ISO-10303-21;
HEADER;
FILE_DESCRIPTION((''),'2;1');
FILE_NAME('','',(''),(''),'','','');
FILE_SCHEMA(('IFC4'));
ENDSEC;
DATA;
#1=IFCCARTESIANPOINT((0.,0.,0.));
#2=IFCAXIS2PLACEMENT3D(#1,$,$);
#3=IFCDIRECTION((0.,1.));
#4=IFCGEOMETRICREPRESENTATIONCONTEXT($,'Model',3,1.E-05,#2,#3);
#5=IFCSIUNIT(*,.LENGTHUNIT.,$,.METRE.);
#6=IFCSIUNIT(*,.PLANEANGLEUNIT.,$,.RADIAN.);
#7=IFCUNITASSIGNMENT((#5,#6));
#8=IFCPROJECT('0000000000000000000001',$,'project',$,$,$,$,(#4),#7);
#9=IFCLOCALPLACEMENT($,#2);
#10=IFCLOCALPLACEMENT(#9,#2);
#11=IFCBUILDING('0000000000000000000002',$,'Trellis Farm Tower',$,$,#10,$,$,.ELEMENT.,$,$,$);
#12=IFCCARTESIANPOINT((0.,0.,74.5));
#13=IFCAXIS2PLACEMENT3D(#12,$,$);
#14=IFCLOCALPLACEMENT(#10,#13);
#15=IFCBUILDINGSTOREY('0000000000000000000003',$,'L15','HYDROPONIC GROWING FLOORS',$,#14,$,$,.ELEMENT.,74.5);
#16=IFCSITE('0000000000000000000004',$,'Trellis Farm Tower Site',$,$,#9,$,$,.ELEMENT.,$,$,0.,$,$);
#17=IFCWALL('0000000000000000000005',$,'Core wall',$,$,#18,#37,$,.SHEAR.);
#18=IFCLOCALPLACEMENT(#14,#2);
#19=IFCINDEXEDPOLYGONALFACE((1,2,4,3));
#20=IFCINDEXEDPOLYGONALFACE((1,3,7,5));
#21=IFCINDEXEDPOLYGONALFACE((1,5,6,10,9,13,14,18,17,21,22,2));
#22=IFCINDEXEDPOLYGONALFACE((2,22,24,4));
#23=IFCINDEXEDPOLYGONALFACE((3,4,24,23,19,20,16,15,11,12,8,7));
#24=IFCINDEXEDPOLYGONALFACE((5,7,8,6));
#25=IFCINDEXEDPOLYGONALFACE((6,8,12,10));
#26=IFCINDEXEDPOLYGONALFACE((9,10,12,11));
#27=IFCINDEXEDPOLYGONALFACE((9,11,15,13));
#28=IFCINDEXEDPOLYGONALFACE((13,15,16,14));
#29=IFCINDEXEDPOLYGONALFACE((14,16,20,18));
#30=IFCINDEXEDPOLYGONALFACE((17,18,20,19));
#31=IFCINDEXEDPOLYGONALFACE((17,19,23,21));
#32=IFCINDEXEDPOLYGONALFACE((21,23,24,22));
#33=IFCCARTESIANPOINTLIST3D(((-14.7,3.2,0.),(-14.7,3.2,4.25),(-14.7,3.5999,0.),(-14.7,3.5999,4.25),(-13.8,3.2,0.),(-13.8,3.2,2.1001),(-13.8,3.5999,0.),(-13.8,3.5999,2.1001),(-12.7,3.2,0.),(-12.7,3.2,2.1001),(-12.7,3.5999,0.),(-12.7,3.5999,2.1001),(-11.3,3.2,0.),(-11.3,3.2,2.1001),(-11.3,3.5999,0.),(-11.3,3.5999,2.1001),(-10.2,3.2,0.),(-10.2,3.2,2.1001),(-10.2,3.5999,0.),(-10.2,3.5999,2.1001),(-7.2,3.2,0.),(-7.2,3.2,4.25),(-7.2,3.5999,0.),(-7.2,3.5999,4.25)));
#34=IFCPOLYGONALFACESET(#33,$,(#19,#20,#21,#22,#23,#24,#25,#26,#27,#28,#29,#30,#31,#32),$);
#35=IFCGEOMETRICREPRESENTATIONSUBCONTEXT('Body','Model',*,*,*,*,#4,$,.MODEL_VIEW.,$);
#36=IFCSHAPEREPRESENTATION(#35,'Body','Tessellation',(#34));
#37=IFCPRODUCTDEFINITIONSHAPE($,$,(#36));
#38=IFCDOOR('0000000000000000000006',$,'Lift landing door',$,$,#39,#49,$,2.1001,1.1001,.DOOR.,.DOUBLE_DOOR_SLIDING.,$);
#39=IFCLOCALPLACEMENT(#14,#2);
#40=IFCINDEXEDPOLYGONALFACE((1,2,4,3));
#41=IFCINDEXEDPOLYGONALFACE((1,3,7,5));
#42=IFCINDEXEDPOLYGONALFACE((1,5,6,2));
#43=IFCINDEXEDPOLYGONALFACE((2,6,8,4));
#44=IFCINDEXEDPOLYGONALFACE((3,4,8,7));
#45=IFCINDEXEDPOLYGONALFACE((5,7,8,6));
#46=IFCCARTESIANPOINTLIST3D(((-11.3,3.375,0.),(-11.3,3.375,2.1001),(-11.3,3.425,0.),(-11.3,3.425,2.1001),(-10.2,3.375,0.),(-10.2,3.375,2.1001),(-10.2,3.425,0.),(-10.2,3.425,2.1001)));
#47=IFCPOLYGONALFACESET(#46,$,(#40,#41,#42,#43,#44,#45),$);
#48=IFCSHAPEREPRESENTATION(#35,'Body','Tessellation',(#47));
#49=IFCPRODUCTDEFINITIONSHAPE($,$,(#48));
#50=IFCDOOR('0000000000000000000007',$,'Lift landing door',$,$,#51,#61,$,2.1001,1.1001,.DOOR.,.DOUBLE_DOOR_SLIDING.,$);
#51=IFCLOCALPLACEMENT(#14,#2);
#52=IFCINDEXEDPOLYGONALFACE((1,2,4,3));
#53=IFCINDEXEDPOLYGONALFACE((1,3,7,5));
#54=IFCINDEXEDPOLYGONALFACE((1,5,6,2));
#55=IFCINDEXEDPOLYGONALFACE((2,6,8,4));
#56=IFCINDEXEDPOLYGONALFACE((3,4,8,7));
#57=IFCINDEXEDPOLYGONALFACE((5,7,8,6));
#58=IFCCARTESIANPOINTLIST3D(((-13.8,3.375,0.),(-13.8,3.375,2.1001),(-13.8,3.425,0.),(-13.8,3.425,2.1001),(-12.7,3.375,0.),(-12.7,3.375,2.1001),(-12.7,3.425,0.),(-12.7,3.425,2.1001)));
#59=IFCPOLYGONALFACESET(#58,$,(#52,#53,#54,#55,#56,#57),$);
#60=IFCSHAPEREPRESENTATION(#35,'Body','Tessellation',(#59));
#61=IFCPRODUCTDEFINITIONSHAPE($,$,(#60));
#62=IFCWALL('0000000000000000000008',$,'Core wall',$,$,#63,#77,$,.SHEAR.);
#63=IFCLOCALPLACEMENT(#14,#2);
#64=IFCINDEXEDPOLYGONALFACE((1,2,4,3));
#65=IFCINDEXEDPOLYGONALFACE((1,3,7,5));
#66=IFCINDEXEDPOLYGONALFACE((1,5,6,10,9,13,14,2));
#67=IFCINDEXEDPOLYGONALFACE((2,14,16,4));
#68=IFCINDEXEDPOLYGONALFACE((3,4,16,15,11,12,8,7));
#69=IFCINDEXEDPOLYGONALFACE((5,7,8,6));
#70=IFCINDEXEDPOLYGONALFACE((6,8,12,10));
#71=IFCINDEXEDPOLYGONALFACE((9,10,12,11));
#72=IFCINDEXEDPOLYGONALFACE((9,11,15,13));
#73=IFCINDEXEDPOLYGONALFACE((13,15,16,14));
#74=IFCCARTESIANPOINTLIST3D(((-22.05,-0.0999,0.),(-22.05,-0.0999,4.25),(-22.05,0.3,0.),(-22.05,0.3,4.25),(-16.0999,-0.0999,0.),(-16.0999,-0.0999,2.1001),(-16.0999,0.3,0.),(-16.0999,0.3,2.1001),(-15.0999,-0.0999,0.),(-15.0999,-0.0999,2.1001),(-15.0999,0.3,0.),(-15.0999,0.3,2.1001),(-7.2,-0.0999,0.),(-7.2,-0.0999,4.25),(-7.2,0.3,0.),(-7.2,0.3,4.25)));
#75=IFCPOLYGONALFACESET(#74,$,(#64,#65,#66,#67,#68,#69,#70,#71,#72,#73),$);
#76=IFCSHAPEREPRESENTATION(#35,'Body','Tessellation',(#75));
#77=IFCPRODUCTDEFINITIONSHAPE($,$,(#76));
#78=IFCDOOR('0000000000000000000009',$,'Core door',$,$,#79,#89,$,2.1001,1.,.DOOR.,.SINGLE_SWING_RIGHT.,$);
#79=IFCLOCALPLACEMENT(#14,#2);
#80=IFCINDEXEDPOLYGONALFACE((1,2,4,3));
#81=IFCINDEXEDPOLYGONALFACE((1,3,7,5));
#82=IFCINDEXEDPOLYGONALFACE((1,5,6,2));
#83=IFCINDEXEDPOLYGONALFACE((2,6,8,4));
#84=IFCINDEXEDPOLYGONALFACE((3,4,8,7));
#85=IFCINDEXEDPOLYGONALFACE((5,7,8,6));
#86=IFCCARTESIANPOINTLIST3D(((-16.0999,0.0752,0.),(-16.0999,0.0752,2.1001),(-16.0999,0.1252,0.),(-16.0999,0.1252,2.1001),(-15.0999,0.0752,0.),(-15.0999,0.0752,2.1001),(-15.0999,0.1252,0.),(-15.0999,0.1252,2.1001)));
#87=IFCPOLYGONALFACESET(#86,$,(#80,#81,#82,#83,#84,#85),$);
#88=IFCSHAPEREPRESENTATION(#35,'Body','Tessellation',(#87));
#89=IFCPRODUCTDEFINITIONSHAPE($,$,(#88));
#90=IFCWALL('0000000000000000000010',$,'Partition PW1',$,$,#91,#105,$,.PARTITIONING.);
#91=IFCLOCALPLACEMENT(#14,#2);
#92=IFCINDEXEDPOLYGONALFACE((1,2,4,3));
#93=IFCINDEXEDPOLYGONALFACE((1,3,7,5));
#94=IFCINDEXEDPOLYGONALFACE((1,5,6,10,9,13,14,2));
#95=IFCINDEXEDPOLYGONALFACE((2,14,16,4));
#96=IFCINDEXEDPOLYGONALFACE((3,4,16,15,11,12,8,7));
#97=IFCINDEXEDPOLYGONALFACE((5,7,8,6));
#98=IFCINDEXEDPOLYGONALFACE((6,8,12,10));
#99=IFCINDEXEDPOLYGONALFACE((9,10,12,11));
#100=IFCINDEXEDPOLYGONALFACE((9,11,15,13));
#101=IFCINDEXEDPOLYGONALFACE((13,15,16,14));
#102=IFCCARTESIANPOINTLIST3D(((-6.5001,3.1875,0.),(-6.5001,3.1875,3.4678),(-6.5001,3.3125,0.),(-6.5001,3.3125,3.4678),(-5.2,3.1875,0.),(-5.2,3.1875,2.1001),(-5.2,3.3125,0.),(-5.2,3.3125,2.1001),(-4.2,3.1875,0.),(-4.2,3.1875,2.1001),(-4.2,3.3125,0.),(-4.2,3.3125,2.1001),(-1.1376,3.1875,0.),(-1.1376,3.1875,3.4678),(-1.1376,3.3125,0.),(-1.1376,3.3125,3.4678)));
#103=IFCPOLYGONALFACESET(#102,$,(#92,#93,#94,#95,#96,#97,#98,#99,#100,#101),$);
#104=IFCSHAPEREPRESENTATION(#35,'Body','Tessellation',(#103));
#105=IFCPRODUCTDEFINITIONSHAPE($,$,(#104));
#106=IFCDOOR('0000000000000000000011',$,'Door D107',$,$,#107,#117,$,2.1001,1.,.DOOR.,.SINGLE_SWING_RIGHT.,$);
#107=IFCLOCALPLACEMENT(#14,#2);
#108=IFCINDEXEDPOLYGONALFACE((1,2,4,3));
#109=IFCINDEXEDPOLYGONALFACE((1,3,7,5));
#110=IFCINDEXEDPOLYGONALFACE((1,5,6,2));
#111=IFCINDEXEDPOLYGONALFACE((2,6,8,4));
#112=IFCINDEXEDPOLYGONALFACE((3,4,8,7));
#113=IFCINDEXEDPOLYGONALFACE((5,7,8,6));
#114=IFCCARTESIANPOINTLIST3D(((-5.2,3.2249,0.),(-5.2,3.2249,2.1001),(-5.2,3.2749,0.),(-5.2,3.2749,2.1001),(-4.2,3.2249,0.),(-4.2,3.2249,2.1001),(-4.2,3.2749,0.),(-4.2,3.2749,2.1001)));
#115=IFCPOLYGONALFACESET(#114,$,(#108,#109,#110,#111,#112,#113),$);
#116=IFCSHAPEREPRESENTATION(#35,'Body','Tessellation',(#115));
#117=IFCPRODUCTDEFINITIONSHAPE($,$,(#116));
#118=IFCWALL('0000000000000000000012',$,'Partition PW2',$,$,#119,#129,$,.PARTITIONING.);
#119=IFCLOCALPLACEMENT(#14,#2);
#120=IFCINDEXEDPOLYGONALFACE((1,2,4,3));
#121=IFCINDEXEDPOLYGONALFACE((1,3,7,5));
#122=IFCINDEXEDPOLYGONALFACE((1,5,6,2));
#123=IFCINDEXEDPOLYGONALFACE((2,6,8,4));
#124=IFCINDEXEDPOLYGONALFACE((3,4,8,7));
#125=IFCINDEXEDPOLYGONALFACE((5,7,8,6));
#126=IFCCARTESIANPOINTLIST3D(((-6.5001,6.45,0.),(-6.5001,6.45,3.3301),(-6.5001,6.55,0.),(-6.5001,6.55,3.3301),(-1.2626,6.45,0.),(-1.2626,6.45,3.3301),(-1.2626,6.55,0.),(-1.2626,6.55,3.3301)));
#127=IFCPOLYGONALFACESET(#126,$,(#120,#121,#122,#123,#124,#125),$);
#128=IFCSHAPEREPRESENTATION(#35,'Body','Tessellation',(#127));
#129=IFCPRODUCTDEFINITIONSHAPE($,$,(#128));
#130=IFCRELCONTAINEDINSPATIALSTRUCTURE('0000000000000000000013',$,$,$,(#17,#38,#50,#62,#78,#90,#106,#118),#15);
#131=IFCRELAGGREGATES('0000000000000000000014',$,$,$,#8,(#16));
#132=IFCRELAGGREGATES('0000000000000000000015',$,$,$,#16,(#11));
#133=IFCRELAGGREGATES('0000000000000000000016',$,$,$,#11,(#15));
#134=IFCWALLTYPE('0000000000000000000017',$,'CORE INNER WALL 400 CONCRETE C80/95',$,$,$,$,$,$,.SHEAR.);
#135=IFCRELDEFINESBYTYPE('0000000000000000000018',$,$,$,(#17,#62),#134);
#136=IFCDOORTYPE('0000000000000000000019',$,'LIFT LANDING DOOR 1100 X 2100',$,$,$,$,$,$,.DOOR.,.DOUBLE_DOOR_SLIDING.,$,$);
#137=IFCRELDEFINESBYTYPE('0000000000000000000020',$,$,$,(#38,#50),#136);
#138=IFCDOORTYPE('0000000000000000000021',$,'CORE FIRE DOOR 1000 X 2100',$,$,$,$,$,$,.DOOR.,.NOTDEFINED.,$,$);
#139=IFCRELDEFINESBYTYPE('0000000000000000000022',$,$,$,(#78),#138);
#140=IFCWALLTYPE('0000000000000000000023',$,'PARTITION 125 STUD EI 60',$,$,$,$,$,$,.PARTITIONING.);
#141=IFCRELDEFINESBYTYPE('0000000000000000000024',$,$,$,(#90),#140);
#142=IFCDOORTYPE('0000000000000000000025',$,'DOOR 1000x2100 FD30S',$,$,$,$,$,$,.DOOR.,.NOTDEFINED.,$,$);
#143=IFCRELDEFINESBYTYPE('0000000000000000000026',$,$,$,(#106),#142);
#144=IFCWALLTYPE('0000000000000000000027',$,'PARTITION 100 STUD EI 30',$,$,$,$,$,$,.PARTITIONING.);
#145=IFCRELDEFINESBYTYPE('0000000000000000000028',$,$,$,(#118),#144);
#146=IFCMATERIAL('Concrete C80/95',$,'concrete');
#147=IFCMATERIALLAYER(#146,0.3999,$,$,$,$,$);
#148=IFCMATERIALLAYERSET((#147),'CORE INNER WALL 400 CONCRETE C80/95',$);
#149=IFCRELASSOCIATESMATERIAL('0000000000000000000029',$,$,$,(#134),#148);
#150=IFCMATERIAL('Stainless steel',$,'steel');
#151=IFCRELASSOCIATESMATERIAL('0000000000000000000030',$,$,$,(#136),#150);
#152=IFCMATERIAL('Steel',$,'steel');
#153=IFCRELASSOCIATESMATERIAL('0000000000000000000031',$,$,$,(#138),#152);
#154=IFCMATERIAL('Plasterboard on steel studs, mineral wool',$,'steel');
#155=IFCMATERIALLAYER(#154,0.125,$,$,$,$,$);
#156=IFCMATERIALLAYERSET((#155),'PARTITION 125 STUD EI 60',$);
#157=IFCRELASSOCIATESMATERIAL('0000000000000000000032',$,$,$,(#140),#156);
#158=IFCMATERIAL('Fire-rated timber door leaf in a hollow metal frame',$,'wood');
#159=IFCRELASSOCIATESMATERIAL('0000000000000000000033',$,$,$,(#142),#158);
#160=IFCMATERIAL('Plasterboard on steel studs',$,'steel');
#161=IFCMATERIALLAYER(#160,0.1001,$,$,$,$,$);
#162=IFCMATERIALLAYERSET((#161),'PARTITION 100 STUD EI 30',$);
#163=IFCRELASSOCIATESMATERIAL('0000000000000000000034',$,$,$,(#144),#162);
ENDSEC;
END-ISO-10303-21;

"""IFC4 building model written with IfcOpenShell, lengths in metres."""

from ifc_helpers import new_model, si_unit, direction, frame, frame_2d, origin, place, context, subcontext, project, spatial, rectangle, extrude, source, transform, mapped, material, layer, layer_set, type_object, element, fill, save


model = new_model("IFC4")

# Units and contexts
model_context = context("Model", 3, precision=1e-05, world=origin(), true_north=direction((0.0, 1.0)))
body_context = subcontext(model_context, "Body", "Model", "MODEL_VIEW")
ifc_project = project(units=[si_unit("LENGTHUNIT", "METRE"), si_unit("PLANEANGLEUNIT", "RADIAN")], contexts=[model_context])

# Site, building, storey
site_placement = place(None, origin())
site = spatial("IfcSite", under=ifc_project, at=site_placement, Name="Trellis Farm Tower Site", CompositionType="ELEMENT", RefElevation=0.0)
building_placement = place(site_placement, origin())
building = spatial("IfcBuilding", under=site, at=building_placement, Name="Trellis Farm Tower", CompositionType="ELEMENT")
storey_placement = place(building_placement, frame((0.0, 0.0, 74.5)))
storey = spatial("IfcBuildingStorey", under=building, at=storey_placement, Name="L15", Description="HYDROPONIC GROWING FLOORS", CompositionType="ELEMENT", Elevation=74.5)

# Shared definitions
ifc_material_1 = material(Name="Concrete C80/95", Category="concrete")

# Shared definitions
ifc_material_2 = material(Name="Steel", Category="steel")

# Shared definitions
ifc_layer_1 = layer(ifc_material_1, 0.3999)
ifc_layer_set_1 = layer_set([ifc_layer_1], Name="CORE INNER WALL 400 CONCRETE C80/95")
wall_type_1 = type_object("IfcWallType", Name="CORE INNER WALL 400 CONCRETE C80/95", PredefinedType="SHEAR", material=ifc_layer_set_1)

# Wall, openings, doors
shared_shape_1 = source(origin(), body_context, "Body", "SweptSolid", [
    extrude(rectangle(XDim=7.5, YDim=0.3999, at=frame_2d((3.75, 0.0))), origin(), (0.0, 0.0, 1.0), 4.25),
])
wall_1_placement = place(storey_placement, frame((-7.2, 3.3999, 0.0), z_axis=(0.0, 0.0, 1.0), x_axis=(-1.0, 0.0, 0.0)))
wall_1 = element("IfcWall", 1, at=wall_1_placement, inside=storey, type_object=wall_type_1, Name="Core wall", PredefinedType="SHEAR", context=body_context, shape_type="MappedRepresentation", body=[
    mapped(shared_shape_1, transform((0.0, 0.0, 0.0))),
])
shared_shape_2 = source(origin(), body_context, "Body", "SweptSolid", [
    extrude(rectangle(XDim=1.1001, YDim=2.1001, at=frame_2d((0.55, 1.05))), frame((0.0, 0.21, 0.0), z_axis=(0.0, -1.0, 0.0), x_axis=(1.0, 0.0, 0.0)), (0.0, 0.0, 1.0), 0.4199),
])
opening_1_placement = place(wall_1_placement, frame((3.0, 0.0, 0.0)))
opening_1 = element("IfcOpeningElement", 2, at=opening_1_placement, cuts=wall_1, PredefinedType="OPENING", context=body_context, shape_type="MappedRepresentation", body=[
    mapped(shared_shape_2, transform((0.0, 0.0, 0.0))),
])
opening_2_placement = place(wall_1_placement, frame((5.5, 0.0, 0.0)))
opening_2 = element("IfcOpeningElement", 3, at=opening_2_placement, cuts=wall_1, PredefinedType="OPENING", context=body_context, shape_type="MappedRepresentation", body=[
    mapped(shared_shape_2, transform((0.0, 0.0, 0.0))),
])
ifc_material_3 = material(Name="Stainless steel", Category="steel")
door_type_1 = type_object("IfcDoorType", Name="LIFT LANDING DOOR 1100 X 2100", OperationType="DOUBLE_DOOR_SLIDING", PredefinedType="DOOR", material=ifc_material_3)
shared_shape_3 = source(origin(), body_context, "Body", "SweptSolid", [
    extrude(rectangle(XDim=1.1001, YDim=2.1001, at=frame_2d((0.55, 1.05))), frame((0.0, 0.0249, 0.0), z_axis=(0.0, -1.0, 0.0), x_axis=(1.0, 0.0, 0.0)), (0.0, 0.0, 1.0), 0.05),
])
door_1_placement = place(opening_1_placement, origin())
door_1 = element("IfcDoor", 4, at=door_1_placement, inside=storey, type_object=door_type_1, Name="Lift landing door", OperationType="DOUBLE_DOOR_SLIDING", OverallHeight=2.1001, OverallWidth=1.1001, PredefinedType="DOOR", context=body_context, shape_type="MappedRepresentation", body=[
    mapped(shared_shape_3, transform((0.0, 0.0, 0.0))),
])
fill(opening_1, door_1)
door_2_placement = place(opening_2_placement, origin())
door_2 = element("IfcDoor", 5, at=door_2_placement, inside=storey, type_object=door_type_1, Name="Lift landing door", OperationType="DOUBLE_DOOR_SLIDING", OverallHeight=2.1001, OverallWidth=1.1001, PredefinedType="DOOR", context=body_context, shape_type="MappedRepresentation", body=[
    mapped(shared_shape_3, transform((0.0, 0.0, 0.0))),
])
fill(opening_2, door_2)

# Walls, openings, doors
shared_shape_4 = source(origin(), body_context, "Body", "SweptSolid", [
    extrude(rectangle(XDim=14.8501, YDim=0.3999, at=frame_2d((7.425, 0.0))), origin(), (0.0, 0.0, 1.0), 4.25),
])
wall_2_placement = place(storey_placement, frame((-7.2, 0.1001, 0.0), z_axis=(0.0, 0.0, 1.0), x_axis=(-1.0, 0.0, 0.0)))
wall_2 = element("IfcWall", 6, at=wall_2_placement, inside=storey, type_object=wall_type_1, Name="Core wall", PredefinedType="SHEAR", context=body_context, shape_type="MappedRepresentation", body=[
    mapped(shared_shape_4, transform((0.0, 0.0, 0.0))),
])
shared_shape_5 = source(origin(), body_context, "Body", "SweptSolid", [
    extrude(rectangle(XDim=1.0, YDim=2.1001, at=frame_2d((0.5, 1.05))), frame((0.0, 0.21, 0.0), z_axis=(0.0, -1.0, 0.0), x_axis=(1.0, 0.0, 0.0)), (0.0, 0.0, 1.0), 0.4199),
])
opening_3_placement = place(wall_2_placement, frame((7.8999, 0.0, 0.0)))
opening_3 = element("IfcOpeningElement", 7, at=opening_3_placement, cuts=wall_2, PredefinedType="OPENING", context=body_context, shape_type="MappedRepresentation", body=[
    mapped(shared_shape_5, transform((0.0, 0.0, 0.0))),
])
door_type_2 = type_object("IfcDoorType", Name="CORE FIRE DOOR 1000 X 2100", OperationType="NOTDEFINED", PredefinedType="DOOR", material=ifc_material_2)
shared_shape_6 = source(origin(), body_context, "Body", "SweptSolid", [
    extrude(rectangle(XDim=1.0, YDim=2.1001, at=frame_2d((0.5, 1.05))), frame((0.0, 0.0249, 0.0), z_axis=(0.0, -1.0, 0.0), x_axis=(1.0, 0.0, 0.0)), (0.0, 0.0, 1.0), 0.05),
])
door_3_placement = place(opening_3_placement, origin())
door_3 = element("IfcDoor", 8, at=door_3_placement, inside=storey, type_object=door_type_2, Name="Core door", OperationType="SINGLE_SWING_RIGHT", OverallHeight=2.1001, OverallWidth=1.0, PredefinedType="DOOR", context=body_context, shape_type="MappedRepresentation", body=[
    mapped(shared_shape_6, transform((0.0, 0.0, 0.0))),
])
fill(opening_3, door_3)
ifc_material_4 = material(Name="Plasterboard on steel studs, mineral wool", Category="steel")
ifc_layer_2 = layer(ifc_material_4, 0.125)
ifc_layer_set_2 = layer_set([ifc_layer_2], Name="PARTITION 125 STUD EI 60")
wall_type_2 = type_object("IfcWallType", Name="PARTITION 125 STUD EI 60", PredefinedType="PARTITIONING", material=ifc_layer_set_2)
shared_shape_7 = source(origin(), body_context, "Body", "SweptSolid", [
    extrude(rectangle(XDim=5.3625, YDim=0.125, at=frame_2d((2.6812, 0.0))), origin(), (0.0, 0.0, 1.0), 3.4678),
])
wall_3_placement = place(storey_placement, frame((-6.5, 3.25, 0.0), z_axis=(0.0, 0.0, 1.0), x_axis=(1.0, 0.0, 0.0)))
wall_3 = element("IfcWall", 9, at=wall_3_placement, inside=storey, type_object=wall_type_2, Name="Partition PW1", PredefinedType="PARTITIONING", context=body_context, shape_type="MappedRepresentation", body=[
    mapped(shared_shape_7, transform((0.0, 0.0, 0.0))),
])
shared_shape_8 = source(origin(), body_context, "Body", "SweptSolid", [
    extrude(rectangle(XDim=1.0, YDim=2.1001, at=frame_2d((0.5, 1.05))), frame((0.0, 0.0725, 0.0), z_axis=(0.0, -1.0, 0.0), x_axis=(1.0, 0.0, 0.0)), (0.0, 0.0, 1.0), 0.145),
])
opening_4_placement = place(wall_3_placement, frame((1.3, 0.0, 0.0)))
opening_4 = element("IfcOpeningElement", 10, at=opening_4_placement, cuts=wall_3, PredefinedType="OPENING", context=body_context, shape_type="MappedRepresentation", body=[
    mapped(shared_shape_8, transform((0.0, 0.0, 0.0))),
])
ifc_material_5 = material(Name="Fire-rated timber door leaf in a hollow metal frame", Category="wood")
door_type_3 = type_object("IfcDoorType", Name="DOOR 1000x2100 FD30S", OperationType="NOTDEFINED", PredefinedType="DOOR", material=ifc_material_5)
door_4_placement = place(opening_4_placement, origin())
door_4 = element("IfcDoor", 11, at=door_4_placement, inside=storey, type_object=door_type_3, Name="Door D107", OperationType="SINGLE_SWING_RIGHT", OverallHeight=2.1001, OverallWidth=1.0, PredefinedType="DOOR", context=body_context, shape_type="MappedRepresentation", body=[
    mapped(shared_shape_6, transform((0.0, 0.0, 0.0))),
])
fill(opening_4, door_4)

# Wall
ifc_material_6 = material(Name="Plasterboard on steel studs", Category="steel")
ifc_layer_3 = layer(ifc_material_6, 0.1001)
ifc_layer_set_3 = layer_set([ifc_layer_3], Name="PARTITION 100 STUD EI 30")
wall_type_3 = type_object("IfcWallType", Name="PARTITION 100 STUD EI 30", PredefinedType="PARTITIONING", material=ifc_layer_set_3)
shared_shape_9 = source(origin(), body_context, "Body", "SweptSolid", [
    extrude(rectangle(XDim=5.2375, YDim=0.1001, at=frame_2d((2.6187, 0.0))), origin(), (0.0, 0.0, 1.0), 3.3301),
])
wall_4_placement = place(storey_placement, frame((-6.5, 6.5, 0.0), z_axis=(0.0, 0.0, 1.0), x_axis=(1.0, 0.0, 0.0)))
element("IfcWall", 12, at=wall_4_placement, inside=storey, type_object=wall_type_3, Name="Partition PW2", PredefinedType="PARTITIONING", context=body_context, shape_type="MappedRepresentation", body=[
    mapped(shared_shape_9, transform((0.0, 0.0, 0.0))),
])

save(model, "model.ifc")
